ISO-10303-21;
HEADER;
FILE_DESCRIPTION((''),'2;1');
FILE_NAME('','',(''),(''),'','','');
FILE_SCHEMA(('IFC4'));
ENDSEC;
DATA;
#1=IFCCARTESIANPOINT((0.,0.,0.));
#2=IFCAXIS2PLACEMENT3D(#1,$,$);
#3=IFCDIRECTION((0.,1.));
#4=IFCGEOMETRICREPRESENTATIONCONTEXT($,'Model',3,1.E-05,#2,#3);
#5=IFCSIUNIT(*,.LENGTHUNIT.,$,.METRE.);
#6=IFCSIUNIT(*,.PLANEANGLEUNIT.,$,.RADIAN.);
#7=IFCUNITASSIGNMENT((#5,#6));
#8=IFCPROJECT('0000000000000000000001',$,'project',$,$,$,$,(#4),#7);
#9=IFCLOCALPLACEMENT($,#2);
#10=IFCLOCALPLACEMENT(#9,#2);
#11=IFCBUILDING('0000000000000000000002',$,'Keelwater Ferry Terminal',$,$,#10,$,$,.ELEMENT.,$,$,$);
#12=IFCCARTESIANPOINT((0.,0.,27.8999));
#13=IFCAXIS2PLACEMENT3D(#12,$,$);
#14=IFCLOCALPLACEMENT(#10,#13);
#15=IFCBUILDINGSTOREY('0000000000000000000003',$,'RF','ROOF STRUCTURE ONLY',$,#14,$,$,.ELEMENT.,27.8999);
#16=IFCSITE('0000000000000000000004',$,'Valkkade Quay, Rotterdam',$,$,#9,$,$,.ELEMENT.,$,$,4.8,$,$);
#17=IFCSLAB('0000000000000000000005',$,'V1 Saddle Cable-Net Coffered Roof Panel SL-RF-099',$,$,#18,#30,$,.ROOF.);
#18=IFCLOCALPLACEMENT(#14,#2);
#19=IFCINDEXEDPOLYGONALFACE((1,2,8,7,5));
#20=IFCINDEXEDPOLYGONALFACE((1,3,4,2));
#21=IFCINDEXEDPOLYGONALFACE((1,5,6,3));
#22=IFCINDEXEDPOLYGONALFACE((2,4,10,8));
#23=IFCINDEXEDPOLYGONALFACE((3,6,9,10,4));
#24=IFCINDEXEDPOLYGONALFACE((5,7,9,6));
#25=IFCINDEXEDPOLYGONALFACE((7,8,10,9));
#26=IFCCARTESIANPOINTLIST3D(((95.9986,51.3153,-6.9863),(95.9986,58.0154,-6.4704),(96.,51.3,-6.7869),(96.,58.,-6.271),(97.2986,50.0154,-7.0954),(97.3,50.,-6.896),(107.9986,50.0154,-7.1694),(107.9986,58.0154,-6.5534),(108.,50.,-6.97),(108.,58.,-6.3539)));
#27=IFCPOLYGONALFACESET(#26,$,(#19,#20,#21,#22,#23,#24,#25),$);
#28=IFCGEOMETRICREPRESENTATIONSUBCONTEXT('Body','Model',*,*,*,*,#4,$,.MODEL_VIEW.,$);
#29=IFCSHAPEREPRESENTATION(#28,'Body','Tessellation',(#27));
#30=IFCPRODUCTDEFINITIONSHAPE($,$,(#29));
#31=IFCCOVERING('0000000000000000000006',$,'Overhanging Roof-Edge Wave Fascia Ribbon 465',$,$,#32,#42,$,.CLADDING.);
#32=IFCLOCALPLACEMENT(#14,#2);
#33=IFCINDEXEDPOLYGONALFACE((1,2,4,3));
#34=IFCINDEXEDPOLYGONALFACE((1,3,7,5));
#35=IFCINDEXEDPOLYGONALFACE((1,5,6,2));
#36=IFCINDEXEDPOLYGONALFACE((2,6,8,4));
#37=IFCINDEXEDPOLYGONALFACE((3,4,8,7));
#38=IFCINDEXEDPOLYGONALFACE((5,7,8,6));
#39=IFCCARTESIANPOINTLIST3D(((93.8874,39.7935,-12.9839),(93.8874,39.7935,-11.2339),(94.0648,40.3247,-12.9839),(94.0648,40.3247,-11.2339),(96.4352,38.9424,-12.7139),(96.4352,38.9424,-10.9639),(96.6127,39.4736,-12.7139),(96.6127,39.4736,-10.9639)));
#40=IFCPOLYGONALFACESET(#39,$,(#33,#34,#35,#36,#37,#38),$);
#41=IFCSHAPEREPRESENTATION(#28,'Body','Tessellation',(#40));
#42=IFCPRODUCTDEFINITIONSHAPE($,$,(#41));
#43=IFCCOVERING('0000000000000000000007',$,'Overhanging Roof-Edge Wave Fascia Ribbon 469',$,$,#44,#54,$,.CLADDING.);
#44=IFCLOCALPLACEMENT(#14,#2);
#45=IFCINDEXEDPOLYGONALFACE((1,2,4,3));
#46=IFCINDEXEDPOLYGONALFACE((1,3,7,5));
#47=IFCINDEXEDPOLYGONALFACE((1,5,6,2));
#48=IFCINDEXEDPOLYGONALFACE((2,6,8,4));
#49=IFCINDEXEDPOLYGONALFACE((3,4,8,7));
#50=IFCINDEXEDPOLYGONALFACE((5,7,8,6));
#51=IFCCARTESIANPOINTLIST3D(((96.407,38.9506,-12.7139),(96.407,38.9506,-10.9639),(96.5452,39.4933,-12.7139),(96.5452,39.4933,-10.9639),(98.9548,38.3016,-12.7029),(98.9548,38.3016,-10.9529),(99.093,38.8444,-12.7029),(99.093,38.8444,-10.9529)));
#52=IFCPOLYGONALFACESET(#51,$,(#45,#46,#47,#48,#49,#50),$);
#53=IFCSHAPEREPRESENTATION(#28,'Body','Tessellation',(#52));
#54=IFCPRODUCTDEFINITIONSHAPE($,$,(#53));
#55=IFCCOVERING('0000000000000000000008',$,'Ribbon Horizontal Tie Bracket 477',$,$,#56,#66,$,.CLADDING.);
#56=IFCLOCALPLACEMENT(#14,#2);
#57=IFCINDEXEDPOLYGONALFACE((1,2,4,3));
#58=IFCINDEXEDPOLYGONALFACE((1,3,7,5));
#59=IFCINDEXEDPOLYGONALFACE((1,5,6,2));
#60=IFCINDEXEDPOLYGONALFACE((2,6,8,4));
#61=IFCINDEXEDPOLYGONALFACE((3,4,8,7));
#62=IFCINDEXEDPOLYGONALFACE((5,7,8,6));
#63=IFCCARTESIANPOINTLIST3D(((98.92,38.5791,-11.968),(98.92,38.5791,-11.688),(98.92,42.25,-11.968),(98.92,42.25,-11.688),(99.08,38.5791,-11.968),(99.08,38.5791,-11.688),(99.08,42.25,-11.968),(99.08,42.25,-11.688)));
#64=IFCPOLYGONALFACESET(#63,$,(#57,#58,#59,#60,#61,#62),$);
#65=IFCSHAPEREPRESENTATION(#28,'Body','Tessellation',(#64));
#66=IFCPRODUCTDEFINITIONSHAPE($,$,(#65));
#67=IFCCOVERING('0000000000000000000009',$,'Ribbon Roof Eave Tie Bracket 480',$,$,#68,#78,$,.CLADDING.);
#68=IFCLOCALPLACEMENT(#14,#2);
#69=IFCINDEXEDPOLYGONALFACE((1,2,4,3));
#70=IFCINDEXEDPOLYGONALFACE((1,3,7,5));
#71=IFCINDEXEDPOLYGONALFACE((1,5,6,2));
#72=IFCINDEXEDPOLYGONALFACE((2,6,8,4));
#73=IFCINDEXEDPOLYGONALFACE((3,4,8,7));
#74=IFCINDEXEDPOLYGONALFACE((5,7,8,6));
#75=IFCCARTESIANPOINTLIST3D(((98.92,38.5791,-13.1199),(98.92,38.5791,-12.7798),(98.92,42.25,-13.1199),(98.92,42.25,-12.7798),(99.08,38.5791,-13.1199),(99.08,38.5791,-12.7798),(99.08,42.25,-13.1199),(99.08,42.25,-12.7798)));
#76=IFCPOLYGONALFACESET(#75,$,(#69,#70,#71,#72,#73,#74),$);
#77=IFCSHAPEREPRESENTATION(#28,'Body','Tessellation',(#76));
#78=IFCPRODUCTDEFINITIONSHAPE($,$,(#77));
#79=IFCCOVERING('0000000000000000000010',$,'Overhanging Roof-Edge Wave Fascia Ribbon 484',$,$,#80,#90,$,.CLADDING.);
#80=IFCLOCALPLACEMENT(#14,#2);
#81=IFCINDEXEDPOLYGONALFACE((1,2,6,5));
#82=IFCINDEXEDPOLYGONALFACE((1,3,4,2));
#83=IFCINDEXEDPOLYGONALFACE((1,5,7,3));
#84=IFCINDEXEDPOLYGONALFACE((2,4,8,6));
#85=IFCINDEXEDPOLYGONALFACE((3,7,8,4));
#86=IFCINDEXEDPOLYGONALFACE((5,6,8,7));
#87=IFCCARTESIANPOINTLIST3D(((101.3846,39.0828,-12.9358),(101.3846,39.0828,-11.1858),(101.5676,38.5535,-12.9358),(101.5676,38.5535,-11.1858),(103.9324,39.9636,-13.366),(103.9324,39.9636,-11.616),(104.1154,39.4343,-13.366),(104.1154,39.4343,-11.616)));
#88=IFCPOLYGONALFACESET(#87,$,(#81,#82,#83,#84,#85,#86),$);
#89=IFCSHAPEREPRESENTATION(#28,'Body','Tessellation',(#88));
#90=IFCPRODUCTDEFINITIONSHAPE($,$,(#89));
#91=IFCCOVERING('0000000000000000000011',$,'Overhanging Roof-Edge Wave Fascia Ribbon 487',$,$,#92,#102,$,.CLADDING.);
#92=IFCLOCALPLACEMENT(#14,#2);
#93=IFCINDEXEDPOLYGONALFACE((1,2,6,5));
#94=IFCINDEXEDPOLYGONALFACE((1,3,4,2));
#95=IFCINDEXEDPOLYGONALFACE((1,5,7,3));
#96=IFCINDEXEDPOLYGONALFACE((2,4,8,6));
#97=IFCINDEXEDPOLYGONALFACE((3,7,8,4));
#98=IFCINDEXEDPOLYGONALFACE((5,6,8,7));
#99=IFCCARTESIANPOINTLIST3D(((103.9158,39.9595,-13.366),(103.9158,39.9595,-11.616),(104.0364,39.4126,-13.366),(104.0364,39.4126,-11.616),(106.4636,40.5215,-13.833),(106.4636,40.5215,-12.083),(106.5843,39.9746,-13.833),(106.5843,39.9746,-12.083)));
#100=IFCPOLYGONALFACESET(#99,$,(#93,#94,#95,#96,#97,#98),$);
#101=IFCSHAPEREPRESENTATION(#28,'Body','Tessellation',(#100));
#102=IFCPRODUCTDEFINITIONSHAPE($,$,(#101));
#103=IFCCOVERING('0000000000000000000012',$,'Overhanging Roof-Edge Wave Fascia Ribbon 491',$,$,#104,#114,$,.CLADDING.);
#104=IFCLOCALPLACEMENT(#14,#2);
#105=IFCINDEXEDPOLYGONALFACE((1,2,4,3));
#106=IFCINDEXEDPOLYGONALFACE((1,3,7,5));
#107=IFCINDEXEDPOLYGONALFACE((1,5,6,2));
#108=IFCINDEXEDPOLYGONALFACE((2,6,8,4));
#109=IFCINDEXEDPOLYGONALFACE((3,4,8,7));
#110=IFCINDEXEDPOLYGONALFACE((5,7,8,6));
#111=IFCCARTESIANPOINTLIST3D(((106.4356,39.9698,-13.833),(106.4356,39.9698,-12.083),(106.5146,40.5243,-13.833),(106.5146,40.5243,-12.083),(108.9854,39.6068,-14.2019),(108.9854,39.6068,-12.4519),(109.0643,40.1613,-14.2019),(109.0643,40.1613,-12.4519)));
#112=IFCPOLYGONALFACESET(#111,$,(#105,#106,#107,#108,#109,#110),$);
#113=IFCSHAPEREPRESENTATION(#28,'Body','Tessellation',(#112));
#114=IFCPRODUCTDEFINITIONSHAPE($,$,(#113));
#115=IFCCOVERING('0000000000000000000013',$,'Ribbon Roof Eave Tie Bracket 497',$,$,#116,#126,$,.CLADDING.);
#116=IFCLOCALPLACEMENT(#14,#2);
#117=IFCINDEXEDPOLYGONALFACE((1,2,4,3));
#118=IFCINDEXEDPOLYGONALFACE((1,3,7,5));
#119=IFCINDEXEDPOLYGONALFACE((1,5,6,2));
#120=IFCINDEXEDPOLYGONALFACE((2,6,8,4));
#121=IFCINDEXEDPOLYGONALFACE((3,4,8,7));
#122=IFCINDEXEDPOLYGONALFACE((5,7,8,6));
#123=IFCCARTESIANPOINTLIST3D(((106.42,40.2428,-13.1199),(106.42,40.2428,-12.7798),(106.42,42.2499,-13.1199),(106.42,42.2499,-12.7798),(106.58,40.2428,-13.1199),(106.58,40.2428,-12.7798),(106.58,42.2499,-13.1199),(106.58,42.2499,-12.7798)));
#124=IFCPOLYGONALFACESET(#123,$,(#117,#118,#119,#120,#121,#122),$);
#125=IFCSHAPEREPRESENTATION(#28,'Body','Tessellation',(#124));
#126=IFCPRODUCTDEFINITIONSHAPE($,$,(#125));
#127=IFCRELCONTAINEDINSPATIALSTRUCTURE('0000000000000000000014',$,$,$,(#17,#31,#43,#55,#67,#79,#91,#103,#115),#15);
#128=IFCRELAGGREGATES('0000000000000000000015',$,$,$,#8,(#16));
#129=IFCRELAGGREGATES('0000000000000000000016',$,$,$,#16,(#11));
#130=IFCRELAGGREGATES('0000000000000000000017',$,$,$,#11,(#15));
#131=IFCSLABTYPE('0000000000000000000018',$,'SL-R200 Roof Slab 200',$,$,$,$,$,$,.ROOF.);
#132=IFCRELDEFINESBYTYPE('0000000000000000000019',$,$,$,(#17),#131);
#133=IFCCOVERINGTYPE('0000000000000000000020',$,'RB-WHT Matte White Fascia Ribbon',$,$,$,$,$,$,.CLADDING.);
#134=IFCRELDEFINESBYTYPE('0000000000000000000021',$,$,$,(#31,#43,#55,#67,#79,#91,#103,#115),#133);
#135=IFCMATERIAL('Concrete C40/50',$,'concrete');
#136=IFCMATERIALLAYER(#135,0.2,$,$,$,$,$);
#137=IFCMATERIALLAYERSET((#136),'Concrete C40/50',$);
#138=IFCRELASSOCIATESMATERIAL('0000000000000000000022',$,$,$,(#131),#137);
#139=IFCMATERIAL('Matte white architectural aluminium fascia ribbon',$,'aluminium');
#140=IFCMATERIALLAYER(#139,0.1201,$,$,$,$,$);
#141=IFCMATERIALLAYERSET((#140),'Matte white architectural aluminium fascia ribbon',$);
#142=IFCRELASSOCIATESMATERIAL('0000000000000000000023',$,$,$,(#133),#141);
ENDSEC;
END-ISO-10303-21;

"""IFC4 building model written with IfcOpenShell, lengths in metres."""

from ifc_helpers import new_model, si_unit, direction, frame, frame_2d, origin, origin_with_axes, place, context, subcontext, project, spatial, polyline, rectangle, outline, extrude, material, layer, layer_set, type_object, element, save


model = new_model("IFC4")

# Units and contexts
model_context = context("Model", 3, precision=1e-05, world=origin(), true_north=direction((0.0, 1.0)))
body_context = subcontext(model_context, "Body", "Model", "MODEL_VIEW")
ifc_project = project(units=[si_unit("LENGTHUNIT", "METRE"), si_unit("PLANEANGLEUNIT", "RADIAN")], contexts=[model_context])

# Site, building, storey
site_placement = place(None, origin())
site = spatial("IfcSite", under=ifc_project, at=site_placement, Name="Valkkade Quay, Rotterdam", CompositionType="ELEMENT", RefElevation=4.8)
building_placement = place(site_placement, origin())
building = spatial("IfcBuilding", under=site, at=building_placement, Name="Keelwater Ferry Terminal", CompositionType="ELEMENT")
storey_placement = place(building_placement, frame((0.0, 0.0, 27.8999)))
storey = spatial("IfcBuildingStorey", under=building, at=storey_placement, Name="RF", Description="ROOF STRUCTURE ONLY", CompositionType="ELEMENT", Elevation=27.8999)

# Slab
ifc_material_1 = material(Name="Concrete C40/50", Category="concrete")
ifc_layer_1 = layer(ifc_material_1, 0.2)
ifc_layer_set_1 = layer_set([ifc_layer_1], Name="Concrete C40/50")
slab_type = type_object("IfcSlabType", Name="SL-R200 Roof Slab 200", PredefinedType="ROOF", material=ifc_layer_set_1)
slab_1_placement = place(storey_placement, frame((97.2986, 50.0154, -7.0954), z_axis=(0.006893, -0.076774, 0.997025), x_axis=(0.999976, 0.000529, -0.006873)))
element("IfcSlab", 1, at=slab_1_placement, inside=storey, type_object=slab_type, Name="V1 Saddle Cable-Net Coffered Roof Panel SL-RF-099", PredefinedType="ROOF", context=body_context, shape_type="SweptSolid", body=[
    extrude(outline(polyline([(0.0, 0.0), (10.7003, -0.0057), (10.7003, 8.018), (-1.3, 8.0244), (-1.3, 1.3045), (0.0, 0.0)])), origin_with_axes(), (0.0, 0.0, 1.0), 0.2),
])

# Coverings
ifc_material_2 = material(Name="Matte white architectural aluminium fascia ribbon", Category="aluminium")
ifc_layer_2 = layer(ifc_material_2, 0.1201)
ifc_layer_set_2 = layer_set([ifc_layer_2], Name="Matte white architectural aluminium fascia ribbon")
covering_type = type_object("IfcCoveringType", Name="RB-WHT Matte White Fascia Ribbon", PredefinedType="CLADDING", material=ifc_layer_set_2)
covering_1_placement = place(storey_placement, frame((93.9761, 40.0591, -12.9839), z_axis=(0.0, 0.0, 1.0), x_axis=(0.948483, -0.316828, 0.0)))
element("IfcCovering", 2, at=covering_1_placement, inside=storey, type_object=covering_type, Name="Overhanging Roof-Edge Wave Fascia Ribbon 465", PredefinedType="CLADDING", context=body_context, shape_type="SweptSolid", body=[
    extrude(outline(polyline([(0.0, 0.0), (2.6863, 0.27), (2.6863, 2.02), (0.0, 1.75), (0.0, 0.0)])), frame((0.0, 0.28, 0.0), z_axis=(0.0, -1.0, 0.0), x_axis=(1.0, 0.0, 0.0)), (0.0, 0.0, 1.0), 0.5601),
])
covering_2_placement = place(storey_placement, frame((96.4761, 39.2219, -12.7139), z_axis=(0.0, 0.0, 1.0), x_axis=(0.969062, -0.246816, 0.0)))
element("IfcCovering", 3, at=covering_2_placement, inside=storey, type_object=covering_type, Name="Overhanging Roof-Edge Wave Fascia Ribbon 469", PredefinedType="CLADDING", context=body_context, shape_type="SweptSolid", body=[
    extrude(outline(polyline([(0.0, 0.0), (2.6292, 0.011), (2.6292, 1.761), (0.0, 1.75), (0.0, 0.0)])), frame((0.0, 0.28, 0.0), z_axis=(0.0, -1.0, 0.0), x_axis=(1.0, 0.0, 0.0)), (0.0, 0.0, 1.0), 0.5601),
])
covering_3_placement = place(storey_placement, frame((99.0, 38.5791, -11.968), z_axis=(0.0, 0.0, 1.0), x_axis=(0.0, 1.0, 0.0)))
element("IfcCovering", 4, at=covering_3_placement, inside=storey, type_object=covering_type, Name="Ribbon Horizontal Tie Bracket 477", PredefinedType="CLADDING", context=body_context, shape_type="SweptSolid", body=[
    extrude(rectangle(XDim=3.6709, YDim=0.1599, at=frame_2d((1.8354, 0.0))), origin(), (0.0, 0.0, 1.0), 0.28),
])
covering_4_placement = place(storey_placement, frame((99.0, 38.5791, -13.1199), z_axis=(0.0, 0.0, 1.0), x_axis=(0.0, 1.0, 0.0)))
element("IfcCovering", 5, at=covering_4_placement, inside=storey, type_object=covering_type, Name="Ribbon Roof Eave Tie Bracket 480", PredefinedType="CLADDING", context=body_context, shape_type="SweptSolid", body=[
    extrude(rectangle(XDim=3.6709, YDim=0.1599, at=frame_2d((1.8354, 0.0))), origin(), (0.0, 0.0, 1.0), 0.3401),
])
covering_5_placement = place(storey_placement, frame((101.4761, 38.8181, -13.366), z_axis=(0.0, 0.0, 1.0), x_axis=(0.945111, 0.32675, 0.0)))
element("IfcCovering", 6, at=covering_5_placement, inside=storey, type_object=covering_type, Name="Overhanging Roof-Edge Wave Fascia Ribbon 484", PredefinedType="CLADDING", context=body_context, shape_type="SweptSolid", body=[
    extrude(outline(polyline([(0.0, 0.4302), (2.6958, 0.0), (2.6958, 1.75), (0.0, 2.1802), (0.0, 0.4302)])), frame((0.0, 0.28, 0.0), z_axis=(0.0, -1.0, 0.0), x_axis=(1.0, 0.0, 0.0)), (0.0, 0.0, 1.0), 0.5601),
])
covering_6_placement = place(storey_placement, frame((103.9761, 39.686, -13.833), z_axis=(0.0, 0.0, 1.0), x_axis=(0.976525, 0.215404, 0.0)))
element("IfcCovering", 7, at=covering_6_placement, inside=storey, type_object=covering_type, Name="Overhanging Roof-Edge Wave Fascia Ribbon 487", PredefinedType="CLADDING", context=body_context, shape_type="SweptSolid", body=[
    extrude(outline(polyline([(0.0, 0.467), (2.6091, 0.0), (2.6091, 1.75), (0.0, 2.217), (0.0, 0.467)])), frame((0.0, 0.28, 0.0), z_axis=(0.0, -1.0, 0.0), x_axis=(1.0, 0.0, 0.0)), (0.0, 0.0, 1.0), 0.5601),
])
covering_7_placement = place(storey_placement, frame((106.4751, 40.2471, -14.2019), z_axis=(0.0, 0.0, 1.0), x_axis=(0.990016, -0.140957, 0.0)))
element("IfcCovering", 8, at=covering_7_placement, inside=storey, type_object=covering_type, Name="Overhanging Roof-Edge Wave Fascia Ribbon 491", PredefinedType="CLADDING", context=body_context, shape_type="SweptSolid", body=[
    extrude(outline(polyline([(0.0, 0.3689), (2.5754, 0.0), (2.5754, 1.75), (0.0, 2.1189), (0.0, 0.3689)])), frame((0.0, 0.28, 0.0), z_axis=(0.0, -1.0, 0.0), x_axis=(1.0, 0.0, 0.0)), (0.0, 0.0, 1.0), 0.5601),
])
covering_8_placement = place(storey_placement, frame((106.5, 40.2429, -13.1199), z_axis=(0.0, 0.0, 1.0), x_axis=(0.0, 1.0, 0.0)))
element("IfcCovering", 9, at=covering_8_placement, inside=storey, type_object=covering_type, Name="Ribbon Roof Eave Tie Bracket 497", PredefinedType="CLADDING", context=body_context, shape_type="SweptSolid", body=[
    extrude(rectangle(XDim=2.0071, YDim=0.1599, at=frame_2d((1.0034, 0.0))), origin(), (0.0, 0.0, 1.0), 0.3401),
])

save(model, "model.ifc")
